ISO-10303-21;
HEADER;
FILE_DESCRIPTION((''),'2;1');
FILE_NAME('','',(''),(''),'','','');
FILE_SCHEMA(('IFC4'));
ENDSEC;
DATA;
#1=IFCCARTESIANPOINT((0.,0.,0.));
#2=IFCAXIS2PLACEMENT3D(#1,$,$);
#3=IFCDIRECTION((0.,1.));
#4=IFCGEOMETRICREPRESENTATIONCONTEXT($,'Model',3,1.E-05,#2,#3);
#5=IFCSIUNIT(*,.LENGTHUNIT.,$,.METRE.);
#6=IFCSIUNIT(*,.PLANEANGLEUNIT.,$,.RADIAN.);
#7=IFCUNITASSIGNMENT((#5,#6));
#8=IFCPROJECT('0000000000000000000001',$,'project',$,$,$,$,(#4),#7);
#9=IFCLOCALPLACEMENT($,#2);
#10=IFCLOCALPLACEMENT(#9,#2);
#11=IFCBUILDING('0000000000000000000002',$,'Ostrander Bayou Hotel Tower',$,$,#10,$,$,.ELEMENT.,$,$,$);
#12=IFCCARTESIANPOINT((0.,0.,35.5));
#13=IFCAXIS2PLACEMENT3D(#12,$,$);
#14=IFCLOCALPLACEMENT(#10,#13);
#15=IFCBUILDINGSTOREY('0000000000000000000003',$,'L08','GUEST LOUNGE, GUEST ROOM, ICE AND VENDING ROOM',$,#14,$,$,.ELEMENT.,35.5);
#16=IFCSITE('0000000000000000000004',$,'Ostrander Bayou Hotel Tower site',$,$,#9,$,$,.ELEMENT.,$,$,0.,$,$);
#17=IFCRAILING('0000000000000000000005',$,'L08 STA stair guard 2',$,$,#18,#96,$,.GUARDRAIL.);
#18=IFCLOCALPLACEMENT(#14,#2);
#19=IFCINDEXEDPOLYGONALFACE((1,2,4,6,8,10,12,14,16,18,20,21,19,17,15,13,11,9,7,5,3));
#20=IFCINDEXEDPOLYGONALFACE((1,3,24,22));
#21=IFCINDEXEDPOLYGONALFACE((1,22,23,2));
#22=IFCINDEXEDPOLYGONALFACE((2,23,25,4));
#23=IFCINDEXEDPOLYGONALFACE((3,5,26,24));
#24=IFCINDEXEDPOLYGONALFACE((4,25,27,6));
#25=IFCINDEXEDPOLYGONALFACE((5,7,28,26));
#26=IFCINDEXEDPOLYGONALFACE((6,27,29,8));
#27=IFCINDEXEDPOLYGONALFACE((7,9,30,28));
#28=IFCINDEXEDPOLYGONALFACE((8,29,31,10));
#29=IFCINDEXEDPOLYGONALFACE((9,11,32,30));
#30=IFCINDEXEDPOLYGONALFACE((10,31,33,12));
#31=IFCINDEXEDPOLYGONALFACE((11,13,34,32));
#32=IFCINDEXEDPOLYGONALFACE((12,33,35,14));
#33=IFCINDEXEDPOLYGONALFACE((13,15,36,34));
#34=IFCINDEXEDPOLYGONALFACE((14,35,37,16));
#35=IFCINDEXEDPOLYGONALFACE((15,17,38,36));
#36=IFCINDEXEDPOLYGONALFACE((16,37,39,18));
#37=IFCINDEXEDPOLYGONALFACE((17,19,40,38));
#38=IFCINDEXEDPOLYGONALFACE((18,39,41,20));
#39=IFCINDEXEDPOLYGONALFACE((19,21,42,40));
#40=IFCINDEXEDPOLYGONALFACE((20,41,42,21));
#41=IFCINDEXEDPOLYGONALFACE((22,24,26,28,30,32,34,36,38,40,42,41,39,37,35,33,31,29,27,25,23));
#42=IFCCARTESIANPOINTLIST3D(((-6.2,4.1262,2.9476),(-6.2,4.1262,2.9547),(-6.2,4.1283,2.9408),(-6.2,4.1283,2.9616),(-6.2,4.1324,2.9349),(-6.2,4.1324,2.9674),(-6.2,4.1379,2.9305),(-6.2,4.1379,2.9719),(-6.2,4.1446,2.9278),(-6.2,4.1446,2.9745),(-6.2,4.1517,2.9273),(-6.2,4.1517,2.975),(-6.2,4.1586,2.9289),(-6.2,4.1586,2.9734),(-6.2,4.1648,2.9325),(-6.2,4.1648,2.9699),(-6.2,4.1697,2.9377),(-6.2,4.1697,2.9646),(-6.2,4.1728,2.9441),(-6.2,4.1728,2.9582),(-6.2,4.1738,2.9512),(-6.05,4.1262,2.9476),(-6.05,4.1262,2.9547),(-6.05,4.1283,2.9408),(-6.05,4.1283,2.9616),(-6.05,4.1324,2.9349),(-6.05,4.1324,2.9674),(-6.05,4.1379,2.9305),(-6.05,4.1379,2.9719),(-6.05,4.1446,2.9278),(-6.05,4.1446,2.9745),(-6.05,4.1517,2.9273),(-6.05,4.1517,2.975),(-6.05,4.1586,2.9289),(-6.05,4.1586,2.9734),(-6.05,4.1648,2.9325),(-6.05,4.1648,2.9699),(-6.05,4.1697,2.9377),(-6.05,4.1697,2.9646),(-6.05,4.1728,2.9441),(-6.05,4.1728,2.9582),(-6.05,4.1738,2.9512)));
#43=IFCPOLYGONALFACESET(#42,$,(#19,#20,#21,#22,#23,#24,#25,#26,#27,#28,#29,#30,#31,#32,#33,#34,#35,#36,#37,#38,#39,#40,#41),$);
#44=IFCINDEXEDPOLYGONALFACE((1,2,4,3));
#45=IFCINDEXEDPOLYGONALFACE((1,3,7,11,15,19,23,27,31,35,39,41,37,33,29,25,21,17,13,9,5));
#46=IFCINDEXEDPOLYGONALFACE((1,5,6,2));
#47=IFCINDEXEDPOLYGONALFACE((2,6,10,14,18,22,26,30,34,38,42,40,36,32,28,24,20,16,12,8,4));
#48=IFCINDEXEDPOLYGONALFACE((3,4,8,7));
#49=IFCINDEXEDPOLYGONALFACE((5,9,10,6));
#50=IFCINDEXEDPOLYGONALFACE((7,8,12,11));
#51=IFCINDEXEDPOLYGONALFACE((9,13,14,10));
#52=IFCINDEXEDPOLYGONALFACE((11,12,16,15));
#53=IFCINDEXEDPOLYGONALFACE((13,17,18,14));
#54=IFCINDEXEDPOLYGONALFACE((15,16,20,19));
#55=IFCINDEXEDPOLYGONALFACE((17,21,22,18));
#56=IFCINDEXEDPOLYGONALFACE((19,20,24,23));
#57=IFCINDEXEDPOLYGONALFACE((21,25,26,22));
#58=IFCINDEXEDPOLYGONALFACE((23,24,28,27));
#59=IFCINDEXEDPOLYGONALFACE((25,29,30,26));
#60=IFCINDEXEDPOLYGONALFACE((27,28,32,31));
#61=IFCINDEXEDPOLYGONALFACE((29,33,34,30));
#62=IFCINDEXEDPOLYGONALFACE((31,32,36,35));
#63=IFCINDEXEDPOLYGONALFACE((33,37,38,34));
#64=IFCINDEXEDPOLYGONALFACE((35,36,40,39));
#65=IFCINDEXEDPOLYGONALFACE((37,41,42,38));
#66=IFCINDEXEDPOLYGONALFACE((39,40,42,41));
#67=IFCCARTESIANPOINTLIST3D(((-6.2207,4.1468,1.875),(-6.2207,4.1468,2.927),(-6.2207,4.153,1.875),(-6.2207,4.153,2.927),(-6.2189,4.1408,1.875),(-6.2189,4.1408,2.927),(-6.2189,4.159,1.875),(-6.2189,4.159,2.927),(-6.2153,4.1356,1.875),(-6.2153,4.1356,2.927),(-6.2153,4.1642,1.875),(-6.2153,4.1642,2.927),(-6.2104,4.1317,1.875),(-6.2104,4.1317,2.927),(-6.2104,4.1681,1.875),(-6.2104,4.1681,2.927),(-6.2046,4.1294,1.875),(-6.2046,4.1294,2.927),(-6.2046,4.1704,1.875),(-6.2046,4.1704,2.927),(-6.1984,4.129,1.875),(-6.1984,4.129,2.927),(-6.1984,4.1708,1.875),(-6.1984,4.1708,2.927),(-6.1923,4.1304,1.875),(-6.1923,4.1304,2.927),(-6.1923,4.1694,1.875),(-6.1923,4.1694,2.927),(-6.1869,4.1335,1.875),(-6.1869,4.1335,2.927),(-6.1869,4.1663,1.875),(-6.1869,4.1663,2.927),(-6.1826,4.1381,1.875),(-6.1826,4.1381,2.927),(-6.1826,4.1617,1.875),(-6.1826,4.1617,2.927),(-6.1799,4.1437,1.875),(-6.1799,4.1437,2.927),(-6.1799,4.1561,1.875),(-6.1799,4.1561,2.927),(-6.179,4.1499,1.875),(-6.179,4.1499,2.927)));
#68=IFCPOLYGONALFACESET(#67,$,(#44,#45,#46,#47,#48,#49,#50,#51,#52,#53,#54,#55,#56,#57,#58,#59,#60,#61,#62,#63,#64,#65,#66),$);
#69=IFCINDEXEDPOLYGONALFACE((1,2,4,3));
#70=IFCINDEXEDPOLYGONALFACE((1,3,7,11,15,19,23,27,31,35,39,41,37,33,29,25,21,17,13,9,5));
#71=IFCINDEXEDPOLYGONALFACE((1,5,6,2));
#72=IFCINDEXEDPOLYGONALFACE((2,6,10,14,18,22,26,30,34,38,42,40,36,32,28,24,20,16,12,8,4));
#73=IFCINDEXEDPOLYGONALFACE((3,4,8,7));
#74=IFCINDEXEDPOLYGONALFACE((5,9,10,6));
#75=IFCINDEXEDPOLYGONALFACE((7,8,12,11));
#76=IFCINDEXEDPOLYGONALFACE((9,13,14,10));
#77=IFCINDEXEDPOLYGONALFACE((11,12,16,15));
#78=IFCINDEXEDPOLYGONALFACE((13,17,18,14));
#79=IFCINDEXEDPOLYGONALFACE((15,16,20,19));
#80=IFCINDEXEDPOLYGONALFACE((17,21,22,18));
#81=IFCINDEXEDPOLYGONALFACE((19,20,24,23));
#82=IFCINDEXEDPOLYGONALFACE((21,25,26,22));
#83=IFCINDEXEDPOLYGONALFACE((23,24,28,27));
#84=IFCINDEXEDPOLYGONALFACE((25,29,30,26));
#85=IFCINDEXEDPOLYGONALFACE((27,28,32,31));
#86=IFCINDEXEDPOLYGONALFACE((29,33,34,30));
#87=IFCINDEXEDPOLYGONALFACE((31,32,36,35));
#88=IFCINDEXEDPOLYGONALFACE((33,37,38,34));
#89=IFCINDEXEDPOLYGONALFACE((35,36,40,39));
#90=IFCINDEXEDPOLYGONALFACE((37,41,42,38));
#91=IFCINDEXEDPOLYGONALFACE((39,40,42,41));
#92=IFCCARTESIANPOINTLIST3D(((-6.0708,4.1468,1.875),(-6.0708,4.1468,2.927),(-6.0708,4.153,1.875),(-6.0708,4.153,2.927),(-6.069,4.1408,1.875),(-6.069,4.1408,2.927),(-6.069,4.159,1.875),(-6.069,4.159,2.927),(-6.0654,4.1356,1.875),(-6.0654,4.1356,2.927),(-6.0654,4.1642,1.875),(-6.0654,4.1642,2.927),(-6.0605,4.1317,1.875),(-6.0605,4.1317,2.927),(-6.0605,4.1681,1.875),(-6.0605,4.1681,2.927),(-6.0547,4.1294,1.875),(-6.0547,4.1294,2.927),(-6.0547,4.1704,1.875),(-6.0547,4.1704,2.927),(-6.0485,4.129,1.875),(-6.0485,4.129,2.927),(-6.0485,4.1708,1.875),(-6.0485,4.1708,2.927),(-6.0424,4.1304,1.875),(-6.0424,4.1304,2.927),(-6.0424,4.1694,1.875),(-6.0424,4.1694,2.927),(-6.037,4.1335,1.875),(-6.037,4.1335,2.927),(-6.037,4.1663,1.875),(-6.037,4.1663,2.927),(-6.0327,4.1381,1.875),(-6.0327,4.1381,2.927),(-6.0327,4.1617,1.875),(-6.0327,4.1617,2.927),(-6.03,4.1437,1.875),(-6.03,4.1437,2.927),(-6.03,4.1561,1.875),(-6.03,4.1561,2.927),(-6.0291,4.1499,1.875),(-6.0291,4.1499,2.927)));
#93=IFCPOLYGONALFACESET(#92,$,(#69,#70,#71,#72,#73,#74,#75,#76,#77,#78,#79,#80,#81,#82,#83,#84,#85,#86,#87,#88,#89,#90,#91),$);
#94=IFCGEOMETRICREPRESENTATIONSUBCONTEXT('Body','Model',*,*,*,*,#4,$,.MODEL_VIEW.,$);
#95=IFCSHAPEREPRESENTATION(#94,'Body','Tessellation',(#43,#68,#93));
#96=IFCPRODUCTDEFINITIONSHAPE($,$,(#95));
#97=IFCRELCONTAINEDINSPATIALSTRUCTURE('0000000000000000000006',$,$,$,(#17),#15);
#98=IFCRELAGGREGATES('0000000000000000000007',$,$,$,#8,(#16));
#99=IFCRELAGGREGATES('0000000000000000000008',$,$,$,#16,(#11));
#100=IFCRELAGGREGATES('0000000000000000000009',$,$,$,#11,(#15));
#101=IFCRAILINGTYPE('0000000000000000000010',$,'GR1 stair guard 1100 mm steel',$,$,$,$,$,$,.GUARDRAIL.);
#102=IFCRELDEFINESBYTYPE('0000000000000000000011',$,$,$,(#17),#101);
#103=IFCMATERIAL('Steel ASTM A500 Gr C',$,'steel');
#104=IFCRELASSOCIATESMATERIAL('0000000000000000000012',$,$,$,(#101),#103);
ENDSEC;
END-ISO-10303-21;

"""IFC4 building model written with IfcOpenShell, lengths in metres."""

from ifc_helpers import new_model, si_unit, direction, frame, origin, origin_2d, place, context, subcontext, project, spatial, circle, extrude, material, type_object, element, save


model = new_model("IFC4")

# Units and contexts
model_context = context("Model", 3, precision=1e-05, world=origin(), true_north=direction((0.0, 1.0)))
body_context = subcontext(model_context, "Body", "Model", "MODEL_VIEW")
ifc_project = project(units=[si_unit("LENGTHUNIT", "METRE"), si_unit("PLANEANGLEUNIT", "RADIAN")], contexts=[model_context])

# Site, building, storey
site_placement = place(None, origin())
site = spatial("IfcSite", under=ifc_project, at=site_placement, Name="Ostrander Bayou Hotel Tower site", CompositionType="ELEMENT", RefElevation=0.0)
building_placement = place(site_placement, origin())
building = spatial("IfcBuilding", under=site, at=building_placement, Name="Ostrander Bayou Hotel Tower", CompositionType="ELEMENT")
storey_placement = place(building_placement, frame((0.0, 0.0, 35.5)))
storey = spatial("IfcBuildingStorey", under=building, at=storey_placement, Name="L08", Description="GUEST LOUNGE, GUEST ROOM, ICE AND VENDING ROOM", CompositionType="ELEMENT", Elevation=35.5)

# Railing
ifc_material_1 = material(Name="Steel ASTM A500 Gr C", Category="steel")
railing_type_1 = type_object("IfcRailingType", Name="GR1 stair guard 1100 mm steel", PredefinedType="GUARDRAIL", material=ifc_material_1)
railing_1_placement = place(storey_placement, frame((-6.2, 4.1499, 1.875)))
element("IfcRailing", 1, at=railing_1_placement, inside=storey, type_object=railing_type_1, Name="L08 STA stair guard 2", PredefinedType="GUARDRAIL", context=body_context, shape_type="SweptSolid", body=[
    extrude(circle(Radius=0.0239, at=origin_2d()), frame((0.0, 0.0, 1.0762), z_axis=(1.0, 0.0, 0.0), x_axis=(0.0, 1.0, 0.0)), (0.0, 0.0, 1.0), 0.1499),
    extrude(circle(Radius=0.021, at=origin_2d()), origin(), (0.0, 0.0, 1.0), 1.052),
    extrude(circle(Radius=0.021, at=origin_2d()), frame((0.1499, 0.0, 0.0)), (0.0, 0.0, 1.0), 1.052),
])

save(model, "model.ifc")
